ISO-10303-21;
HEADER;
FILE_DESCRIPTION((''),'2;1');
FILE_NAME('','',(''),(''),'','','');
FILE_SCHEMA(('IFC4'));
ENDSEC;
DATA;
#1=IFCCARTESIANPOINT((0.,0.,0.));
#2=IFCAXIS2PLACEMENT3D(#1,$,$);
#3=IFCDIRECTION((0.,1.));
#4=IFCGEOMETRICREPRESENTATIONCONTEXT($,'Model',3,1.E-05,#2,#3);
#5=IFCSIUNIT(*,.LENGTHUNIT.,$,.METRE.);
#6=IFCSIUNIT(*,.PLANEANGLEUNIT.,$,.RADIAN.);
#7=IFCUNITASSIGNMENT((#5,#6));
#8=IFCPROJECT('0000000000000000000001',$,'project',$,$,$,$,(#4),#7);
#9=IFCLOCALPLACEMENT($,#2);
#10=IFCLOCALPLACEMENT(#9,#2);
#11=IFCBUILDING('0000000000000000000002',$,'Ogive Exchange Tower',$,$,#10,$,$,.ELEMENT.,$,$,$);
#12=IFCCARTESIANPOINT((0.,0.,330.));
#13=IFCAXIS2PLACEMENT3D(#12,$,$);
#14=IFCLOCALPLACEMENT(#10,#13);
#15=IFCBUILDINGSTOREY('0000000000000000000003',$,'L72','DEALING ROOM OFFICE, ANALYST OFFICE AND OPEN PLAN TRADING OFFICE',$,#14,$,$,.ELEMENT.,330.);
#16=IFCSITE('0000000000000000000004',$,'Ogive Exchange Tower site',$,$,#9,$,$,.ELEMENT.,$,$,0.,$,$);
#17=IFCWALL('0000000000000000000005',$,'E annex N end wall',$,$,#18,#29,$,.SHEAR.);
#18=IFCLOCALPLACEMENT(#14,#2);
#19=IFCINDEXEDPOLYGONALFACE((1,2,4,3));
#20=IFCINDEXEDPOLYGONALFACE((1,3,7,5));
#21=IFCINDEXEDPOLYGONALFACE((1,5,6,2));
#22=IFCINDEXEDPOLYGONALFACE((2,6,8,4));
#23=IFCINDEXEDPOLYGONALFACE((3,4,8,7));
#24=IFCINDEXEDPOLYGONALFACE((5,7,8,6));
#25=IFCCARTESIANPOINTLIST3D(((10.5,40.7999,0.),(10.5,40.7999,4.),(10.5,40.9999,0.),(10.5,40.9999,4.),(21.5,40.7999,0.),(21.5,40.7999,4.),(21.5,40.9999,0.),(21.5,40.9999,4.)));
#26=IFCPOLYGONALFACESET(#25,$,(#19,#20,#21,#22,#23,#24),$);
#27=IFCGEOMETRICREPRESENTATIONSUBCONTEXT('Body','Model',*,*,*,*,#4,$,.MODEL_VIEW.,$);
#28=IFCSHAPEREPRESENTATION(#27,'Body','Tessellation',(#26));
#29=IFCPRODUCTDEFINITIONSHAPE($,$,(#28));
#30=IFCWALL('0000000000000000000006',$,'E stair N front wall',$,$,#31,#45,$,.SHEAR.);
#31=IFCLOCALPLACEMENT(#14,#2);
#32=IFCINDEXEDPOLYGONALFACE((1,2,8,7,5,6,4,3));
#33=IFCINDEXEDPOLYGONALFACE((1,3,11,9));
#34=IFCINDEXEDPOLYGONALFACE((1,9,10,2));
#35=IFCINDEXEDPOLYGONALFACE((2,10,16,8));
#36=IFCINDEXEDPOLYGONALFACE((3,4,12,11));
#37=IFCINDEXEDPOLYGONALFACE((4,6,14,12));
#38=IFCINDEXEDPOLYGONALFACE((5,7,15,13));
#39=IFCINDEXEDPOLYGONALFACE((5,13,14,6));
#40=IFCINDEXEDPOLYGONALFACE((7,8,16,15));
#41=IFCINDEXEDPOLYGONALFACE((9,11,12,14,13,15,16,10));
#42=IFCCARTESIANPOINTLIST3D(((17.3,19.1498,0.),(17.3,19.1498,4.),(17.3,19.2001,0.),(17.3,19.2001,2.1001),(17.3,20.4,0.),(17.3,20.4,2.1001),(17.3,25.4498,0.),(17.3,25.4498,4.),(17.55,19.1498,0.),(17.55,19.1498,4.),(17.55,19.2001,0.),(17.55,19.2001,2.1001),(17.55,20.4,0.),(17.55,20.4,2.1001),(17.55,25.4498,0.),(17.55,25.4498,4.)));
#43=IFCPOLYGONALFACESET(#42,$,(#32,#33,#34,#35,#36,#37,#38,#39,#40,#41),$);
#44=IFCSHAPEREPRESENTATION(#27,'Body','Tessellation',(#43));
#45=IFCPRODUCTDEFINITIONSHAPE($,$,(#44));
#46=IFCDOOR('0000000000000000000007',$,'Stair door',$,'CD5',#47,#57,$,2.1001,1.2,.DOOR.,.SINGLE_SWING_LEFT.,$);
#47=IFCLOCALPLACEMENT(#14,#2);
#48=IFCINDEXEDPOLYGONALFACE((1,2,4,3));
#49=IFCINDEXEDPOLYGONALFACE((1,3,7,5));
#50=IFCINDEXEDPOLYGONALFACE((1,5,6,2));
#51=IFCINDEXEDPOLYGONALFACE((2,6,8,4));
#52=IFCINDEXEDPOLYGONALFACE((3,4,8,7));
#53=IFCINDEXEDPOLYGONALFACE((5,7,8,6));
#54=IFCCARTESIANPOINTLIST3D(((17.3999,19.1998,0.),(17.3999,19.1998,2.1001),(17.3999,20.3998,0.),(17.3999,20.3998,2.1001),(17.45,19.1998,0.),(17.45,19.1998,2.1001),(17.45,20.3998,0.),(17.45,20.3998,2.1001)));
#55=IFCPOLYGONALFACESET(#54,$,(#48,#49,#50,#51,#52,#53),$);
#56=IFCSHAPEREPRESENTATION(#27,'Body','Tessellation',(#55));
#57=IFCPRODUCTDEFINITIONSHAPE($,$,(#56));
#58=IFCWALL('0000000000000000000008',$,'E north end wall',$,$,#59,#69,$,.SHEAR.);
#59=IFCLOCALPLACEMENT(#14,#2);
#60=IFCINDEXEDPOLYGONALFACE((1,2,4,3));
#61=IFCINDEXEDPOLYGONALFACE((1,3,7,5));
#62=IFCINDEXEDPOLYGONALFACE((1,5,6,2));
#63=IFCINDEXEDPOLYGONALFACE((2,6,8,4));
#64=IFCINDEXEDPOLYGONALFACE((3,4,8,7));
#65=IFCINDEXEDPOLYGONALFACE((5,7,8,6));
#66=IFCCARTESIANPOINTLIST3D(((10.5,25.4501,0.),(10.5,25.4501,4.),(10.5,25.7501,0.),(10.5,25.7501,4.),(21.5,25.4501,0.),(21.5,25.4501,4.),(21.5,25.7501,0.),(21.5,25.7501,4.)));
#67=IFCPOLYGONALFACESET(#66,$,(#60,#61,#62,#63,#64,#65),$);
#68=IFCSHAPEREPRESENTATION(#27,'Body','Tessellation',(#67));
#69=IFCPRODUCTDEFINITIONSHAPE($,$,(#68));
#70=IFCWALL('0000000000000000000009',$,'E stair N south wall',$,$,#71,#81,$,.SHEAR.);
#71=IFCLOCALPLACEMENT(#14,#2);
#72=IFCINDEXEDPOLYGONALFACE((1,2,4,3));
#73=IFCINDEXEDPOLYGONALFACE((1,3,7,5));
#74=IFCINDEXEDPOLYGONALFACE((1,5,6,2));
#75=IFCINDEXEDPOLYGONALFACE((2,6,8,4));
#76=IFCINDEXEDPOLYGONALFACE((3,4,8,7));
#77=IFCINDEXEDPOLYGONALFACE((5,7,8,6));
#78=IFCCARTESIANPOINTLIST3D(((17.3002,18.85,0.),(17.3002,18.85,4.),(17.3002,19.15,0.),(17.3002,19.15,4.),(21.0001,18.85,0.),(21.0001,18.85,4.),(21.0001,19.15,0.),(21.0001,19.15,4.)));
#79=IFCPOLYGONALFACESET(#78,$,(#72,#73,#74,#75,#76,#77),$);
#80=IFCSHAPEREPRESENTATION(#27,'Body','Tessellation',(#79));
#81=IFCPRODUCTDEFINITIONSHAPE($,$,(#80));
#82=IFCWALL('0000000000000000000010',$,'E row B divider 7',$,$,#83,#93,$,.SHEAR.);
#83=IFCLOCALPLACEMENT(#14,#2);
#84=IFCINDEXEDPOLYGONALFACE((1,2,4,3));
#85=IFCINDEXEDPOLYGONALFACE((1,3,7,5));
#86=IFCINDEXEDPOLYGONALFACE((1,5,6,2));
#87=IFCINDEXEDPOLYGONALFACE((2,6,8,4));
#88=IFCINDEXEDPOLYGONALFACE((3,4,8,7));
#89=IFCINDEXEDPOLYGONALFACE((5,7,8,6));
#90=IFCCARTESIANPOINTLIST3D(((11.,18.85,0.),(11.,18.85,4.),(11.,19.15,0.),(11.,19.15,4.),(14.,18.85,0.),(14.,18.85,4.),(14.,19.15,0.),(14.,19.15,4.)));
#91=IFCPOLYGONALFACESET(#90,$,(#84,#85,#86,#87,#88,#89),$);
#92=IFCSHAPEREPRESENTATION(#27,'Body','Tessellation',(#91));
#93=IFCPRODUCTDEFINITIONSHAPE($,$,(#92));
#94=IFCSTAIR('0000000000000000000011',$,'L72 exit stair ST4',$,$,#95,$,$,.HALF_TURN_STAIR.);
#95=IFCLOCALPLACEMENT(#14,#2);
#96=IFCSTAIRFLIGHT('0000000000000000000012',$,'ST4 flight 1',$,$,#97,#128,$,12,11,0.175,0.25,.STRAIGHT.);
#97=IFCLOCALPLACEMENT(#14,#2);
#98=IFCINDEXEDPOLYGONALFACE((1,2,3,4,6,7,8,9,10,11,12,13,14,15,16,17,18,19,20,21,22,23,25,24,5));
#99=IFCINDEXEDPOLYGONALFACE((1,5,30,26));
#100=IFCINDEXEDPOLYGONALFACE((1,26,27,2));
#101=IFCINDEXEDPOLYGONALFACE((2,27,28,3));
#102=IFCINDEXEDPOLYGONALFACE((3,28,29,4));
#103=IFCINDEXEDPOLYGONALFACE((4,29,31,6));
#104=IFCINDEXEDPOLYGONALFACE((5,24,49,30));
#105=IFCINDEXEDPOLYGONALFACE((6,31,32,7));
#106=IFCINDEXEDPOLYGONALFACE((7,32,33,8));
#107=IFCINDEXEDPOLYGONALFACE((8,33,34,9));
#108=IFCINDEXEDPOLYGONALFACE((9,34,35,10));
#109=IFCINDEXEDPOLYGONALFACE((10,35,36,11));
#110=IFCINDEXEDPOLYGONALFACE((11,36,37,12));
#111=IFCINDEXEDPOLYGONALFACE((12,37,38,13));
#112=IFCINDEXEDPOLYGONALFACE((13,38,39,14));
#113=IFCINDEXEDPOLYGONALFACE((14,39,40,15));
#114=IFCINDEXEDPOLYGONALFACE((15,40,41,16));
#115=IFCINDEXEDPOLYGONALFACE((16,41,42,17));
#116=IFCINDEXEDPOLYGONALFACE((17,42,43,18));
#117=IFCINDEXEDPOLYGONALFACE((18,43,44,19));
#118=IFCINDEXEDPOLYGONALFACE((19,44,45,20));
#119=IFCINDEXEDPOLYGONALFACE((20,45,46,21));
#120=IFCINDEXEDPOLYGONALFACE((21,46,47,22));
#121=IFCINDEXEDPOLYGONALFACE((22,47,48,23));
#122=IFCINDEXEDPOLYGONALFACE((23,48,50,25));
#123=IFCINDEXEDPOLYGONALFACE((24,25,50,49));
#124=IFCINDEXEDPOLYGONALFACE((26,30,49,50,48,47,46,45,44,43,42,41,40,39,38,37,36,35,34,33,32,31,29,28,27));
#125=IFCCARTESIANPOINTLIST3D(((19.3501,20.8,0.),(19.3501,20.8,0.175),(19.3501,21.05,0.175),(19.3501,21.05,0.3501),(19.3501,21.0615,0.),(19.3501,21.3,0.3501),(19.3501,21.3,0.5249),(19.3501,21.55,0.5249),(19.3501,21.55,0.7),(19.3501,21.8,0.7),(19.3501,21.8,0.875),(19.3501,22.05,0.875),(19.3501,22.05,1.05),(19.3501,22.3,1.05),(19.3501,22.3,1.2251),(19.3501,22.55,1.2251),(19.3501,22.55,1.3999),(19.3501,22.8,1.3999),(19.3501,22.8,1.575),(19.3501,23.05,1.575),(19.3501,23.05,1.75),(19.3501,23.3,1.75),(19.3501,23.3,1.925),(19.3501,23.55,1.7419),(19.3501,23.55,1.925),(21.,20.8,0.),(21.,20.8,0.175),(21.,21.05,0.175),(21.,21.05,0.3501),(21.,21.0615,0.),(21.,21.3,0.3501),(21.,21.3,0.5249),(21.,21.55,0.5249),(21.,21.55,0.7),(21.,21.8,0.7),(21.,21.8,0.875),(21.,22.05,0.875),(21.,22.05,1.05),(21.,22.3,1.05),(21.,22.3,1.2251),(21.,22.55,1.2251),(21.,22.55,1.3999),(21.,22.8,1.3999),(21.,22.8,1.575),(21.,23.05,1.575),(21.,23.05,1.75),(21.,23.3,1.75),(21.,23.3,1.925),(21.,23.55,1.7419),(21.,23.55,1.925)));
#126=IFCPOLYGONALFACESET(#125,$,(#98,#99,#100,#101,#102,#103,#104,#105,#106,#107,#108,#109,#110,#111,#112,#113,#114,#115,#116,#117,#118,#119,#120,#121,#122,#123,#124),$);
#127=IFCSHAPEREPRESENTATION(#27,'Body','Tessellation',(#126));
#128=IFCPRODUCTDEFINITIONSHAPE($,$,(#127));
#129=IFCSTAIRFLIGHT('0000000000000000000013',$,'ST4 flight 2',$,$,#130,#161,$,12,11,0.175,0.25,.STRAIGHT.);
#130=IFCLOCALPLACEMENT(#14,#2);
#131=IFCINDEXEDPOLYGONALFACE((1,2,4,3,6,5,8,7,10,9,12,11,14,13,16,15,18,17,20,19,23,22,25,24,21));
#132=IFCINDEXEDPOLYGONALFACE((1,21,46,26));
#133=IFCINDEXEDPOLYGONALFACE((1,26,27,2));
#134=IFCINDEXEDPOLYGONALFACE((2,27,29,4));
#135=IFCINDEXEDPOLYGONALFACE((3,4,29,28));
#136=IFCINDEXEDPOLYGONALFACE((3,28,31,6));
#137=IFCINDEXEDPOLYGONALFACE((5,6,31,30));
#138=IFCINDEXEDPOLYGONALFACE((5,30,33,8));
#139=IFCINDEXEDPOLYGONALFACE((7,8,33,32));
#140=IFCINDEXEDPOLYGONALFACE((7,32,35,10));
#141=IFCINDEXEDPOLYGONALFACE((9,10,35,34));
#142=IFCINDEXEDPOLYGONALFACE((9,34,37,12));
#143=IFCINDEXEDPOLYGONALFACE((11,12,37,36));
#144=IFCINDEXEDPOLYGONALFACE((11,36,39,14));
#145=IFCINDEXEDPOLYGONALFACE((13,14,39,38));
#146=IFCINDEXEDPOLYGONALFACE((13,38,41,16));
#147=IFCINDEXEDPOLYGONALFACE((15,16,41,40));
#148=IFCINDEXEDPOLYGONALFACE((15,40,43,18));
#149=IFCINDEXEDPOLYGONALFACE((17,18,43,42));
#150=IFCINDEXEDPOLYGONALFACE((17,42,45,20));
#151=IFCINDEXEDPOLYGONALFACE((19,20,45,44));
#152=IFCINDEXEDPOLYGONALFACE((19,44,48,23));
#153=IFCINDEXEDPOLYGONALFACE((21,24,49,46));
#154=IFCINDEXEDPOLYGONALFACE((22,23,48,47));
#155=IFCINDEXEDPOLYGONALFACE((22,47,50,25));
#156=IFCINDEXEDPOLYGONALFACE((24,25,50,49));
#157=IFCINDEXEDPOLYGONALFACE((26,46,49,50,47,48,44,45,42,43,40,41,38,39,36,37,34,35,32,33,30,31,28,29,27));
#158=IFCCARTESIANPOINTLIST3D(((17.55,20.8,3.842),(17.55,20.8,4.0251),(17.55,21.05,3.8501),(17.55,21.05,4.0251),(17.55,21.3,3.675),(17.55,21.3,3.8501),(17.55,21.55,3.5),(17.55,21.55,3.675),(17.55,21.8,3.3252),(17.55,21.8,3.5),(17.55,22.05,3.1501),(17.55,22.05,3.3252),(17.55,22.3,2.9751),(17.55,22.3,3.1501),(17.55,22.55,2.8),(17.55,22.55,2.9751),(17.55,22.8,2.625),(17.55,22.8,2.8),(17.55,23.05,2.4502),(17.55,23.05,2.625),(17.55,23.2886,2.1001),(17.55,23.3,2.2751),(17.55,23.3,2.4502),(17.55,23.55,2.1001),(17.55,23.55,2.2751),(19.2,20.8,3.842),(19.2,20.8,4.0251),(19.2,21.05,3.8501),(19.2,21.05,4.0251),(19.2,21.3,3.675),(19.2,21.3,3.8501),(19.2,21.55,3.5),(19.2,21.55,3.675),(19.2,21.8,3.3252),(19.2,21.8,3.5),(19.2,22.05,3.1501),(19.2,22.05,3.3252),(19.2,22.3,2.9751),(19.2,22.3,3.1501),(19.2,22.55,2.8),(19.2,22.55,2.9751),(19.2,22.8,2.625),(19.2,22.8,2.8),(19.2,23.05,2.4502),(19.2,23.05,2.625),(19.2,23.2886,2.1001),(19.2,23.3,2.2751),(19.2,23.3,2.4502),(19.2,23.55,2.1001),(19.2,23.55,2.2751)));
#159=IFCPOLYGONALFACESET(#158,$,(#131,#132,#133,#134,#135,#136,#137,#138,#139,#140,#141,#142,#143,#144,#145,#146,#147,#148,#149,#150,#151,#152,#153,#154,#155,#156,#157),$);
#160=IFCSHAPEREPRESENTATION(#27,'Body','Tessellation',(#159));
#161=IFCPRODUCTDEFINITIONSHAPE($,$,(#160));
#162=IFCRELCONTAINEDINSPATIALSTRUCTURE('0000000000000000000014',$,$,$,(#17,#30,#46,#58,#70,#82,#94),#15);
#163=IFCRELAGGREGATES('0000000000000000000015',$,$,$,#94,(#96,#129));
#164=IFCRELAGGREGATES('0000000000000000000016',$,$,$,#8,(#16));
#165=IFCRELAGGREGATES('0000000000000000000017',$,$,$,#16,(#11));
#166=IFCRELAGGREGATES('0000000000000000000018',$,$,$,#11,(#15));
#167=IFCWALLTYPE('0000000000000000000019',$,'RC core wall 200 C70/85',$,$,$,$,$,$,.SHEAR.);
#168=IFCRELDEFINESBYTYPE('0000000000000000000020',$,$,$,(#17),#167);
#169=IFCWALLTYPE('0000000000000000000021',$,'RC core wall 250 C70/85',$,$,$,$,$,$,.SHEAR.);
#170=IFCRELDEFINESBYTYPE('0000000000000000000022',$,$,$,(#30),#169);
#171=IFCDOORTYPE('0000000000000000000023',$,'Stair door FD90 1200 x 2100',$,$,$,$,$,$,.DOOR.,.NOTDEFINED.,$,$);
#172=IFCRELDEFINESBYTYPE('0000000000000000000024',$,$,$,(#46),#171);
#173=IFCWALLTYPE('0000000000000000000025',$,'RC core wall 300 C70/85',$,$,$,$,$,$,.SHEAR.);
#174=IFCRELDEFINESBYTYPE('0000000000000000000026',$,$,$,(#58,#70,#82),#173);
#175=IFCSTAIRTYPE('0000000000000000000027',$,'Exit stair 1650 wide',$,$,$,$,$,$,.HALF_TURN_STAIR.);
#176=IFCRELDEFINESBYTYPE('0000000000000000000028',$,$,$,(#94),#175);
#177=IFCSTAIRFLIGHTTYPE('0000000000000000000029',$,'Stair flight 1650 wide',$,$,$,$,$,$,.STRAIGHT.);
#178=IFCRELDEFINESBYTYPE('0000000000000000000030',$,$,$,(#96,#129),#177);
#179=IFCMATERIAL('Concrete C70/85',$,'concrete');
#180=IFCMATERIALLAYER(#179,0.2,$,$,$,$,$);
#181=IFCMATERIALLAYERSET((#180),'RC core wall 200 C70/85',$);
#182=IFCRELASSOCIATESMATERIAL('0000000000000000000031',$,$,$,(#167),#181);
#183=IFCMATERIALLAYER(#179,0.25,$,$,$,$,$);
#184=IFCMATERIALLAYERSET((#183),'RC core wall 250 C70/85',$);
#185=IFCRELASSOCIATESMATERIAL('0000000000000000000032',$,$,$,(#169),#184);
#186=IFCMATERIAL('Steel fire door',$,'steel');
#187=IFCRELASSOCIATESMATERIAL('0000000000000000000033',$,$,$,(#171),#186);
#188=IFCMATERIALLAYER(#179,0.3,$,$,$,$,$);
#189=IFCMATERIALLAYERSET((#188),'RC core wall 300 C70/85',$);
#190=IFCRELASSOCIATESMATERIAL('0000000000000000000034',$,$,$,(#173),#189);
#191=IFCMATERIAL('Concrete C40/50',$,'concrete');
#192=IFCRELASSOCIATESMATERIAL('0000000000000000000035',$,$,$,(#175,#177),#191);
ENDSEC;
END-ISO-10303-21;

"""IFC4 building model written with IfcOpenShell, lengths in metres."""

from ifc_helpers import new_model, si_unit, direction, frame, frame_2d, origin, place, context, subcontext, project, spatial, polyline, rectangle, outline, extrude, material, layer, layer_set, type_object, element, fill, aggregate, save


model = new_model("IFC4")

# Units and contexts
model_context = context("Model", 3, precision=1e-05, world=origin(), true_north=direction((0.0, 1.0)))
body_context = subcontext(model_context, "Body", "Model", "MODEL_VIEW")
ifc_project = project(units=[si_unit("LENGTHUNIT", "METRE"), si_unit("PLANEANGLEUNIT", "RADIAN")], contexts=[model_context])

# Site, building, storey
site_placement = place(None, origin())
site = spatial("IfcSite", under=ifc_project, at=site_placement, Name="Ogive Exchange Tower site", CompositionType="ELEMENT", RefElevation=0.0)
building_placement = place(site_placement, origin())
building = spatial("IfcBuilding", under=site, at=building_placement, Name="Ogive Exchange Tower", CompositionType="ELEMENT")
storey_placement = place(building_placement, frame((0.0, 0.0, 330.0)))
storey = spatial("IfcBuildingStorey", under=building, at=storey_placement, Name="L72", Description="DEALING ROOM OFFICE, ANALYST OFFICE AND OPEN PLAN TRADING OFFICE", CompositionType="ELEMENT", Elevation=330.0)

# Shared definitions
ifc_material_1 = material(Name="Concrete C70/85", Category="concrete")
ifc_layer_1 = layer(ifc_material_1, 0.2)
ifc_layer_set_1 = layer_set([ifc_layer_1], Name="RC core wall 200 C70/85")
wall_type_1 = type_object("IfcWallType", Name="RC core wall 200 C70/85", PredefinedType="SHEAR", material=ifc_layer_set_1)

# Shared definitions
ifc_material_2 = material(Name="Steel fire door", Category="steel")

# Wall
wall_1_placement = place(storey_placement, frame((10.5, 40.8999, 0.0), z_axis=(0.0, 0.0, 1.0), x_axis=(1.0, 0.0, 0.0)))
element("IfcWall", 1, at=wall_1_placement, inside=storey, type_object=wall_type_1, Name="E annex N end wall", PredefinedType="SHEAR", context=body_context, shape_type="SweptSolid", body=[
    extrude(rectangle(XDim=11.0, YDim=0.2, at=frame_2d((5.5, 0.0))), origin(), (0.0, 0.0, 1.0), 4.0),
])

# Wall, opening, door
ifc_layer_2 = layer(ifc_material_1, 0.25)
ifc_layer_set_2 = layer_set([ifc_layer_2], Name="RC core wall 250 C70/85")
wall_type_2 = type_object("IfcWallType", Name="RC core wall 250 C70/85", PredefinedType="SHEAR", material=ifc_layer_set_2)
wall_2_placement = place(storey_placement, frame((17.425, 19.1499, 0.0), z_axis=(0.0, 0.0, 1.0), x_axis=(0.0, 1.0, 0.0)))
wall_2 = element("IfcWall", 2, at=wall_2_placement, inside=storey, type_object=wall_type_2, Name="E stair N front wall", PredefinedType="SHEAR", context=body_context, shape_type="SweptSolid", body=[
    extrude(rectangle(XDim=6.3, YDim=0.25, at=frame_2d((3.1499, 0.0))), origin(), (0.0, 0.0, 1.0), 4.0),
])
opening_1_placement = place(wall_2_placement, frame((0.05, 0.0, 0.0)))
opening_1 = element("IfcOpeningElement", 3, at=opening_1_placement, cuts=wall_2, PredefinedType="OPENING", context=body_context, shape_type="SweptSolid", body=[
    extrude(rectangle(XDim=1.2, YDim=2.1001, at=frame_2d((0.6001, 1.05))), frame((0.0, 0.135, 0.0), z_axis=(0.0, -1.0, 0.0), x_axis=(1.0, 0.0, 0.0)), (0.0, 0.0, 1.0), 0.27),
])
door_type_1 = type_object("IfcDoorType", Name="Stair door FD90 1200 x 2100", OperationType="NOTDEFINED", PredefinedType="DOOR", material=ifc_material_2)
door_1_placement = place(opening_1_placement, frame((1.2, 0.0, 0.0), z_axis=(0.0, 0.0, 1.0), x_axis=(-1.0, 0.0, 0.0)))
door_1 = element("IfcDoor", 4, at=door_1_placement, inside=storey, type_object=door_type_1, Name="Stair door", ObjectType="CD5", OperationType="SINGLE_SWING_LEFT", OverallHeight=2.1001, OverallWidth=1.2, PredefinedType="DOOR", context=body_context, shape_type="SweptSolid", body=[
    extrude(rectangle(XDim=1.2, YDim=2.1001, at=frame_2d((0.6001, 1.05))), frame((0.0, 0.0249, 0.0), z_axis=(0.0, -1.0, 0.0), x_axis=(1.0, 0.0, 0.0)), (0.0, 0.0, 1.0), 0.05),
])
fill(opening_1, door_1)

# Walls
ifc_layer_3 = layer(ifc_material_1, 0.3)
ifc_layer_set_3 = layer_set([ifc_layer_3], Name="RC core wall 300 C70/85")
wall_type_3 = type_object("IfcWallType", Name="RC core wall 300 C70/85", PredefinedType="SHEAR", material=ifc_layer_set_3)
wall_3_placement = place(storey_placement, frame((10.5, 25.6001, 0.0), z_axis=(0.0, 0.0, 1.0), x_axis=(1.0, 0.0, 0.0)))
element("IfcWall", 5, at=wall_3_placement, inside=storey, type_object=wall_type_3, Name="E north end wall", PredefinedType="SHEAR", context=body_context, shape_type="SweptSolid", body=[
    extrude(rectangle(XDim=11.0, YDim=0.3, at=frame_2d((5.5, 0.0))), origin(), (0.0, 0.0, 1.0), 4.0),
])
wall_4_placement = place(storey_placement, frame((17.3, 19.0, 0.0), z_axis=(0.0, 0.0, 1.0), x_axis=(1.0, 0.0, 0.0)))
element("IfcWall", 6, at=wall_4_placement, inside=storey, type_object=wall_type_3, Name="E stair N south wall", PredefinedType="SHEAR", context=body_context, shape_type="SweptSolid", body=[
    extrude(rectangle(XDim=3.7, YDim=0.3, at=frame_2d((1.8501, 0.0))), origin(), (0.0, 0.0, 1.0), 4.0),
])
wall_5_placement = place(storey_placement, frame((11.0, 19.0, 0.0), z_axis=(0.0, 0.0, 1.0), x_axis=(1.0, 0.0, 0.0)))
element("IfcWall", 7, at=wall_5_placement, inside=storey, type_object=wall_type_3, Name="E row B divider 7", PredefinedType="SHEAR", context=body_context, shape_type="SweptSolid", body=[
    extrude(rectangle(XDim=3.0, YDim=0.3, at=frame_2d((1.5, 0.0))), origin(), (0.0, 0.0, 1.0), 4.0),
])

# Stair, stair flights
ifc_material_3 = material(Name="Concrete C40/50", Category="concrete")
stair_type = type_object("IfcStairType", Name="Exit stair 1650 wide", PredefinedType="HALF_TURN_STAIR", material=ifc_material_3)
stair_placement = place(storey_placement, origin())
stair = element("IfcStair", 8, at=stair_placement, inside=storey, type_object=stair_type, Name="L72 exit stair ST4", PredefinedType="HALF_TURN_STAIR")
stair_flight_type = type_object("IfcStairFlightType", Name="Stair flight 1650 wide", PredefinedType="STRAIGHT", material=ifc_material_3)
stair_flight_1_placement = place(storey_placement, frame((20.175, 20.8, 0.0), z_axis=(0.0, 0.0, 1.0), x_axis=(0.0, 1.0, 0.0)))
stair_flight_1 = element("IfcStairFlight", 9, at=stair_flight_1_placement, type_object=stair_flight_type, Name="ST4 flight 1", NumberOfRisers=12, NumberOfTreads=11, PredefinedType="STRAIGHT", RiserHeight=0.175, TreadLength=0.25, context=body_context, shape_type="SweptSolid", body=[
    extrude(outline(polyline([(0.0, 0.0), (0.0, 0.175), (0.25, 0.175), (0.25, 0.3501), (0.5, 0.3501), (0.5, 0.5249), (0.75, 0.5249), (0.75, 0.7), (1.0, 0.7), (1.0, 0.875), (1.25, 0.875), (1.25, 1.05), (1.5, 1.05), (1.5, 1.2251), (1.75, 1.2251), (1.75, 1.3999), (2.0, 1.3999), (2.0, 1.575), (2.25, 1.575), (2.25, 1.75), (2.5, 1.75), (2.5, 1.925), (2.75, 1.925), (2.75, 2.1001), (2.75, 1.7419), (0.2615, 0.0), (0.0, 0.0)])), frame((0.0, 0.825, 0.0), z_axis=(0.0, -1.0, 0.0), x_axis=(1.0, 0.0, 0.0)), (0.0, 0.0, 1.0), 1.6499),
])
stair_flight_2_placement = place(storey_placement, frame((18.375, 23.55, 2.1001), z_axis=(0.0, 0.0, 1.0), x_axis=(0.0, -1.0, 0.0)))
stair_flight_2 = element("IfcStairFlight", 10, at=stair_flight_2_placement, type_object=stair_flight_type, Name="ST4 flight 2", NumberOfRisers=12, NumberOfTreads=11, PredefinedType="STRAIGHT", RiserHeight=0.175, TreadLength=0.25, context=body_context, shape_type="SweptSolid", body=[
    extrude(outline(polyline([(0.0, 0.0), (0.0, 0.175), (0.25, 0.175), (0.25, 0.3501), (0.5, 0.3501), (0.5, 0.5249), (0.75, 0.5249), (0.75, 0.7), (1.0, 0.7), (1.0, 0.875), (1.25, 0.875), (1.25, 1.05), (1.5, 1.05), (1.5, 1.2251), (1.75, 1.2251), (1.75, 1.3999), (2.0, 1.3999), (2.0, 1.575), (2.25, 1.575), (2.25, 1.75), (2.5, 1.75), (2.5, 1.925), (2.75, 1.925), (2.75, 2.1001), (2.75, 1.7419), (0.2615, 0.0), (0.0, 0.0)])), frame((0.0, 0.825, 0.0), z_axis=(0.0, -1.0, 0.0), x_axis=(1.0, 0.0, 0.0)), (0.0, 0.0, 1.0), 1.6499),
])
aggregate(stair, [stair_flight_1, stair_flight_2])

save(model, "model.ifc")
